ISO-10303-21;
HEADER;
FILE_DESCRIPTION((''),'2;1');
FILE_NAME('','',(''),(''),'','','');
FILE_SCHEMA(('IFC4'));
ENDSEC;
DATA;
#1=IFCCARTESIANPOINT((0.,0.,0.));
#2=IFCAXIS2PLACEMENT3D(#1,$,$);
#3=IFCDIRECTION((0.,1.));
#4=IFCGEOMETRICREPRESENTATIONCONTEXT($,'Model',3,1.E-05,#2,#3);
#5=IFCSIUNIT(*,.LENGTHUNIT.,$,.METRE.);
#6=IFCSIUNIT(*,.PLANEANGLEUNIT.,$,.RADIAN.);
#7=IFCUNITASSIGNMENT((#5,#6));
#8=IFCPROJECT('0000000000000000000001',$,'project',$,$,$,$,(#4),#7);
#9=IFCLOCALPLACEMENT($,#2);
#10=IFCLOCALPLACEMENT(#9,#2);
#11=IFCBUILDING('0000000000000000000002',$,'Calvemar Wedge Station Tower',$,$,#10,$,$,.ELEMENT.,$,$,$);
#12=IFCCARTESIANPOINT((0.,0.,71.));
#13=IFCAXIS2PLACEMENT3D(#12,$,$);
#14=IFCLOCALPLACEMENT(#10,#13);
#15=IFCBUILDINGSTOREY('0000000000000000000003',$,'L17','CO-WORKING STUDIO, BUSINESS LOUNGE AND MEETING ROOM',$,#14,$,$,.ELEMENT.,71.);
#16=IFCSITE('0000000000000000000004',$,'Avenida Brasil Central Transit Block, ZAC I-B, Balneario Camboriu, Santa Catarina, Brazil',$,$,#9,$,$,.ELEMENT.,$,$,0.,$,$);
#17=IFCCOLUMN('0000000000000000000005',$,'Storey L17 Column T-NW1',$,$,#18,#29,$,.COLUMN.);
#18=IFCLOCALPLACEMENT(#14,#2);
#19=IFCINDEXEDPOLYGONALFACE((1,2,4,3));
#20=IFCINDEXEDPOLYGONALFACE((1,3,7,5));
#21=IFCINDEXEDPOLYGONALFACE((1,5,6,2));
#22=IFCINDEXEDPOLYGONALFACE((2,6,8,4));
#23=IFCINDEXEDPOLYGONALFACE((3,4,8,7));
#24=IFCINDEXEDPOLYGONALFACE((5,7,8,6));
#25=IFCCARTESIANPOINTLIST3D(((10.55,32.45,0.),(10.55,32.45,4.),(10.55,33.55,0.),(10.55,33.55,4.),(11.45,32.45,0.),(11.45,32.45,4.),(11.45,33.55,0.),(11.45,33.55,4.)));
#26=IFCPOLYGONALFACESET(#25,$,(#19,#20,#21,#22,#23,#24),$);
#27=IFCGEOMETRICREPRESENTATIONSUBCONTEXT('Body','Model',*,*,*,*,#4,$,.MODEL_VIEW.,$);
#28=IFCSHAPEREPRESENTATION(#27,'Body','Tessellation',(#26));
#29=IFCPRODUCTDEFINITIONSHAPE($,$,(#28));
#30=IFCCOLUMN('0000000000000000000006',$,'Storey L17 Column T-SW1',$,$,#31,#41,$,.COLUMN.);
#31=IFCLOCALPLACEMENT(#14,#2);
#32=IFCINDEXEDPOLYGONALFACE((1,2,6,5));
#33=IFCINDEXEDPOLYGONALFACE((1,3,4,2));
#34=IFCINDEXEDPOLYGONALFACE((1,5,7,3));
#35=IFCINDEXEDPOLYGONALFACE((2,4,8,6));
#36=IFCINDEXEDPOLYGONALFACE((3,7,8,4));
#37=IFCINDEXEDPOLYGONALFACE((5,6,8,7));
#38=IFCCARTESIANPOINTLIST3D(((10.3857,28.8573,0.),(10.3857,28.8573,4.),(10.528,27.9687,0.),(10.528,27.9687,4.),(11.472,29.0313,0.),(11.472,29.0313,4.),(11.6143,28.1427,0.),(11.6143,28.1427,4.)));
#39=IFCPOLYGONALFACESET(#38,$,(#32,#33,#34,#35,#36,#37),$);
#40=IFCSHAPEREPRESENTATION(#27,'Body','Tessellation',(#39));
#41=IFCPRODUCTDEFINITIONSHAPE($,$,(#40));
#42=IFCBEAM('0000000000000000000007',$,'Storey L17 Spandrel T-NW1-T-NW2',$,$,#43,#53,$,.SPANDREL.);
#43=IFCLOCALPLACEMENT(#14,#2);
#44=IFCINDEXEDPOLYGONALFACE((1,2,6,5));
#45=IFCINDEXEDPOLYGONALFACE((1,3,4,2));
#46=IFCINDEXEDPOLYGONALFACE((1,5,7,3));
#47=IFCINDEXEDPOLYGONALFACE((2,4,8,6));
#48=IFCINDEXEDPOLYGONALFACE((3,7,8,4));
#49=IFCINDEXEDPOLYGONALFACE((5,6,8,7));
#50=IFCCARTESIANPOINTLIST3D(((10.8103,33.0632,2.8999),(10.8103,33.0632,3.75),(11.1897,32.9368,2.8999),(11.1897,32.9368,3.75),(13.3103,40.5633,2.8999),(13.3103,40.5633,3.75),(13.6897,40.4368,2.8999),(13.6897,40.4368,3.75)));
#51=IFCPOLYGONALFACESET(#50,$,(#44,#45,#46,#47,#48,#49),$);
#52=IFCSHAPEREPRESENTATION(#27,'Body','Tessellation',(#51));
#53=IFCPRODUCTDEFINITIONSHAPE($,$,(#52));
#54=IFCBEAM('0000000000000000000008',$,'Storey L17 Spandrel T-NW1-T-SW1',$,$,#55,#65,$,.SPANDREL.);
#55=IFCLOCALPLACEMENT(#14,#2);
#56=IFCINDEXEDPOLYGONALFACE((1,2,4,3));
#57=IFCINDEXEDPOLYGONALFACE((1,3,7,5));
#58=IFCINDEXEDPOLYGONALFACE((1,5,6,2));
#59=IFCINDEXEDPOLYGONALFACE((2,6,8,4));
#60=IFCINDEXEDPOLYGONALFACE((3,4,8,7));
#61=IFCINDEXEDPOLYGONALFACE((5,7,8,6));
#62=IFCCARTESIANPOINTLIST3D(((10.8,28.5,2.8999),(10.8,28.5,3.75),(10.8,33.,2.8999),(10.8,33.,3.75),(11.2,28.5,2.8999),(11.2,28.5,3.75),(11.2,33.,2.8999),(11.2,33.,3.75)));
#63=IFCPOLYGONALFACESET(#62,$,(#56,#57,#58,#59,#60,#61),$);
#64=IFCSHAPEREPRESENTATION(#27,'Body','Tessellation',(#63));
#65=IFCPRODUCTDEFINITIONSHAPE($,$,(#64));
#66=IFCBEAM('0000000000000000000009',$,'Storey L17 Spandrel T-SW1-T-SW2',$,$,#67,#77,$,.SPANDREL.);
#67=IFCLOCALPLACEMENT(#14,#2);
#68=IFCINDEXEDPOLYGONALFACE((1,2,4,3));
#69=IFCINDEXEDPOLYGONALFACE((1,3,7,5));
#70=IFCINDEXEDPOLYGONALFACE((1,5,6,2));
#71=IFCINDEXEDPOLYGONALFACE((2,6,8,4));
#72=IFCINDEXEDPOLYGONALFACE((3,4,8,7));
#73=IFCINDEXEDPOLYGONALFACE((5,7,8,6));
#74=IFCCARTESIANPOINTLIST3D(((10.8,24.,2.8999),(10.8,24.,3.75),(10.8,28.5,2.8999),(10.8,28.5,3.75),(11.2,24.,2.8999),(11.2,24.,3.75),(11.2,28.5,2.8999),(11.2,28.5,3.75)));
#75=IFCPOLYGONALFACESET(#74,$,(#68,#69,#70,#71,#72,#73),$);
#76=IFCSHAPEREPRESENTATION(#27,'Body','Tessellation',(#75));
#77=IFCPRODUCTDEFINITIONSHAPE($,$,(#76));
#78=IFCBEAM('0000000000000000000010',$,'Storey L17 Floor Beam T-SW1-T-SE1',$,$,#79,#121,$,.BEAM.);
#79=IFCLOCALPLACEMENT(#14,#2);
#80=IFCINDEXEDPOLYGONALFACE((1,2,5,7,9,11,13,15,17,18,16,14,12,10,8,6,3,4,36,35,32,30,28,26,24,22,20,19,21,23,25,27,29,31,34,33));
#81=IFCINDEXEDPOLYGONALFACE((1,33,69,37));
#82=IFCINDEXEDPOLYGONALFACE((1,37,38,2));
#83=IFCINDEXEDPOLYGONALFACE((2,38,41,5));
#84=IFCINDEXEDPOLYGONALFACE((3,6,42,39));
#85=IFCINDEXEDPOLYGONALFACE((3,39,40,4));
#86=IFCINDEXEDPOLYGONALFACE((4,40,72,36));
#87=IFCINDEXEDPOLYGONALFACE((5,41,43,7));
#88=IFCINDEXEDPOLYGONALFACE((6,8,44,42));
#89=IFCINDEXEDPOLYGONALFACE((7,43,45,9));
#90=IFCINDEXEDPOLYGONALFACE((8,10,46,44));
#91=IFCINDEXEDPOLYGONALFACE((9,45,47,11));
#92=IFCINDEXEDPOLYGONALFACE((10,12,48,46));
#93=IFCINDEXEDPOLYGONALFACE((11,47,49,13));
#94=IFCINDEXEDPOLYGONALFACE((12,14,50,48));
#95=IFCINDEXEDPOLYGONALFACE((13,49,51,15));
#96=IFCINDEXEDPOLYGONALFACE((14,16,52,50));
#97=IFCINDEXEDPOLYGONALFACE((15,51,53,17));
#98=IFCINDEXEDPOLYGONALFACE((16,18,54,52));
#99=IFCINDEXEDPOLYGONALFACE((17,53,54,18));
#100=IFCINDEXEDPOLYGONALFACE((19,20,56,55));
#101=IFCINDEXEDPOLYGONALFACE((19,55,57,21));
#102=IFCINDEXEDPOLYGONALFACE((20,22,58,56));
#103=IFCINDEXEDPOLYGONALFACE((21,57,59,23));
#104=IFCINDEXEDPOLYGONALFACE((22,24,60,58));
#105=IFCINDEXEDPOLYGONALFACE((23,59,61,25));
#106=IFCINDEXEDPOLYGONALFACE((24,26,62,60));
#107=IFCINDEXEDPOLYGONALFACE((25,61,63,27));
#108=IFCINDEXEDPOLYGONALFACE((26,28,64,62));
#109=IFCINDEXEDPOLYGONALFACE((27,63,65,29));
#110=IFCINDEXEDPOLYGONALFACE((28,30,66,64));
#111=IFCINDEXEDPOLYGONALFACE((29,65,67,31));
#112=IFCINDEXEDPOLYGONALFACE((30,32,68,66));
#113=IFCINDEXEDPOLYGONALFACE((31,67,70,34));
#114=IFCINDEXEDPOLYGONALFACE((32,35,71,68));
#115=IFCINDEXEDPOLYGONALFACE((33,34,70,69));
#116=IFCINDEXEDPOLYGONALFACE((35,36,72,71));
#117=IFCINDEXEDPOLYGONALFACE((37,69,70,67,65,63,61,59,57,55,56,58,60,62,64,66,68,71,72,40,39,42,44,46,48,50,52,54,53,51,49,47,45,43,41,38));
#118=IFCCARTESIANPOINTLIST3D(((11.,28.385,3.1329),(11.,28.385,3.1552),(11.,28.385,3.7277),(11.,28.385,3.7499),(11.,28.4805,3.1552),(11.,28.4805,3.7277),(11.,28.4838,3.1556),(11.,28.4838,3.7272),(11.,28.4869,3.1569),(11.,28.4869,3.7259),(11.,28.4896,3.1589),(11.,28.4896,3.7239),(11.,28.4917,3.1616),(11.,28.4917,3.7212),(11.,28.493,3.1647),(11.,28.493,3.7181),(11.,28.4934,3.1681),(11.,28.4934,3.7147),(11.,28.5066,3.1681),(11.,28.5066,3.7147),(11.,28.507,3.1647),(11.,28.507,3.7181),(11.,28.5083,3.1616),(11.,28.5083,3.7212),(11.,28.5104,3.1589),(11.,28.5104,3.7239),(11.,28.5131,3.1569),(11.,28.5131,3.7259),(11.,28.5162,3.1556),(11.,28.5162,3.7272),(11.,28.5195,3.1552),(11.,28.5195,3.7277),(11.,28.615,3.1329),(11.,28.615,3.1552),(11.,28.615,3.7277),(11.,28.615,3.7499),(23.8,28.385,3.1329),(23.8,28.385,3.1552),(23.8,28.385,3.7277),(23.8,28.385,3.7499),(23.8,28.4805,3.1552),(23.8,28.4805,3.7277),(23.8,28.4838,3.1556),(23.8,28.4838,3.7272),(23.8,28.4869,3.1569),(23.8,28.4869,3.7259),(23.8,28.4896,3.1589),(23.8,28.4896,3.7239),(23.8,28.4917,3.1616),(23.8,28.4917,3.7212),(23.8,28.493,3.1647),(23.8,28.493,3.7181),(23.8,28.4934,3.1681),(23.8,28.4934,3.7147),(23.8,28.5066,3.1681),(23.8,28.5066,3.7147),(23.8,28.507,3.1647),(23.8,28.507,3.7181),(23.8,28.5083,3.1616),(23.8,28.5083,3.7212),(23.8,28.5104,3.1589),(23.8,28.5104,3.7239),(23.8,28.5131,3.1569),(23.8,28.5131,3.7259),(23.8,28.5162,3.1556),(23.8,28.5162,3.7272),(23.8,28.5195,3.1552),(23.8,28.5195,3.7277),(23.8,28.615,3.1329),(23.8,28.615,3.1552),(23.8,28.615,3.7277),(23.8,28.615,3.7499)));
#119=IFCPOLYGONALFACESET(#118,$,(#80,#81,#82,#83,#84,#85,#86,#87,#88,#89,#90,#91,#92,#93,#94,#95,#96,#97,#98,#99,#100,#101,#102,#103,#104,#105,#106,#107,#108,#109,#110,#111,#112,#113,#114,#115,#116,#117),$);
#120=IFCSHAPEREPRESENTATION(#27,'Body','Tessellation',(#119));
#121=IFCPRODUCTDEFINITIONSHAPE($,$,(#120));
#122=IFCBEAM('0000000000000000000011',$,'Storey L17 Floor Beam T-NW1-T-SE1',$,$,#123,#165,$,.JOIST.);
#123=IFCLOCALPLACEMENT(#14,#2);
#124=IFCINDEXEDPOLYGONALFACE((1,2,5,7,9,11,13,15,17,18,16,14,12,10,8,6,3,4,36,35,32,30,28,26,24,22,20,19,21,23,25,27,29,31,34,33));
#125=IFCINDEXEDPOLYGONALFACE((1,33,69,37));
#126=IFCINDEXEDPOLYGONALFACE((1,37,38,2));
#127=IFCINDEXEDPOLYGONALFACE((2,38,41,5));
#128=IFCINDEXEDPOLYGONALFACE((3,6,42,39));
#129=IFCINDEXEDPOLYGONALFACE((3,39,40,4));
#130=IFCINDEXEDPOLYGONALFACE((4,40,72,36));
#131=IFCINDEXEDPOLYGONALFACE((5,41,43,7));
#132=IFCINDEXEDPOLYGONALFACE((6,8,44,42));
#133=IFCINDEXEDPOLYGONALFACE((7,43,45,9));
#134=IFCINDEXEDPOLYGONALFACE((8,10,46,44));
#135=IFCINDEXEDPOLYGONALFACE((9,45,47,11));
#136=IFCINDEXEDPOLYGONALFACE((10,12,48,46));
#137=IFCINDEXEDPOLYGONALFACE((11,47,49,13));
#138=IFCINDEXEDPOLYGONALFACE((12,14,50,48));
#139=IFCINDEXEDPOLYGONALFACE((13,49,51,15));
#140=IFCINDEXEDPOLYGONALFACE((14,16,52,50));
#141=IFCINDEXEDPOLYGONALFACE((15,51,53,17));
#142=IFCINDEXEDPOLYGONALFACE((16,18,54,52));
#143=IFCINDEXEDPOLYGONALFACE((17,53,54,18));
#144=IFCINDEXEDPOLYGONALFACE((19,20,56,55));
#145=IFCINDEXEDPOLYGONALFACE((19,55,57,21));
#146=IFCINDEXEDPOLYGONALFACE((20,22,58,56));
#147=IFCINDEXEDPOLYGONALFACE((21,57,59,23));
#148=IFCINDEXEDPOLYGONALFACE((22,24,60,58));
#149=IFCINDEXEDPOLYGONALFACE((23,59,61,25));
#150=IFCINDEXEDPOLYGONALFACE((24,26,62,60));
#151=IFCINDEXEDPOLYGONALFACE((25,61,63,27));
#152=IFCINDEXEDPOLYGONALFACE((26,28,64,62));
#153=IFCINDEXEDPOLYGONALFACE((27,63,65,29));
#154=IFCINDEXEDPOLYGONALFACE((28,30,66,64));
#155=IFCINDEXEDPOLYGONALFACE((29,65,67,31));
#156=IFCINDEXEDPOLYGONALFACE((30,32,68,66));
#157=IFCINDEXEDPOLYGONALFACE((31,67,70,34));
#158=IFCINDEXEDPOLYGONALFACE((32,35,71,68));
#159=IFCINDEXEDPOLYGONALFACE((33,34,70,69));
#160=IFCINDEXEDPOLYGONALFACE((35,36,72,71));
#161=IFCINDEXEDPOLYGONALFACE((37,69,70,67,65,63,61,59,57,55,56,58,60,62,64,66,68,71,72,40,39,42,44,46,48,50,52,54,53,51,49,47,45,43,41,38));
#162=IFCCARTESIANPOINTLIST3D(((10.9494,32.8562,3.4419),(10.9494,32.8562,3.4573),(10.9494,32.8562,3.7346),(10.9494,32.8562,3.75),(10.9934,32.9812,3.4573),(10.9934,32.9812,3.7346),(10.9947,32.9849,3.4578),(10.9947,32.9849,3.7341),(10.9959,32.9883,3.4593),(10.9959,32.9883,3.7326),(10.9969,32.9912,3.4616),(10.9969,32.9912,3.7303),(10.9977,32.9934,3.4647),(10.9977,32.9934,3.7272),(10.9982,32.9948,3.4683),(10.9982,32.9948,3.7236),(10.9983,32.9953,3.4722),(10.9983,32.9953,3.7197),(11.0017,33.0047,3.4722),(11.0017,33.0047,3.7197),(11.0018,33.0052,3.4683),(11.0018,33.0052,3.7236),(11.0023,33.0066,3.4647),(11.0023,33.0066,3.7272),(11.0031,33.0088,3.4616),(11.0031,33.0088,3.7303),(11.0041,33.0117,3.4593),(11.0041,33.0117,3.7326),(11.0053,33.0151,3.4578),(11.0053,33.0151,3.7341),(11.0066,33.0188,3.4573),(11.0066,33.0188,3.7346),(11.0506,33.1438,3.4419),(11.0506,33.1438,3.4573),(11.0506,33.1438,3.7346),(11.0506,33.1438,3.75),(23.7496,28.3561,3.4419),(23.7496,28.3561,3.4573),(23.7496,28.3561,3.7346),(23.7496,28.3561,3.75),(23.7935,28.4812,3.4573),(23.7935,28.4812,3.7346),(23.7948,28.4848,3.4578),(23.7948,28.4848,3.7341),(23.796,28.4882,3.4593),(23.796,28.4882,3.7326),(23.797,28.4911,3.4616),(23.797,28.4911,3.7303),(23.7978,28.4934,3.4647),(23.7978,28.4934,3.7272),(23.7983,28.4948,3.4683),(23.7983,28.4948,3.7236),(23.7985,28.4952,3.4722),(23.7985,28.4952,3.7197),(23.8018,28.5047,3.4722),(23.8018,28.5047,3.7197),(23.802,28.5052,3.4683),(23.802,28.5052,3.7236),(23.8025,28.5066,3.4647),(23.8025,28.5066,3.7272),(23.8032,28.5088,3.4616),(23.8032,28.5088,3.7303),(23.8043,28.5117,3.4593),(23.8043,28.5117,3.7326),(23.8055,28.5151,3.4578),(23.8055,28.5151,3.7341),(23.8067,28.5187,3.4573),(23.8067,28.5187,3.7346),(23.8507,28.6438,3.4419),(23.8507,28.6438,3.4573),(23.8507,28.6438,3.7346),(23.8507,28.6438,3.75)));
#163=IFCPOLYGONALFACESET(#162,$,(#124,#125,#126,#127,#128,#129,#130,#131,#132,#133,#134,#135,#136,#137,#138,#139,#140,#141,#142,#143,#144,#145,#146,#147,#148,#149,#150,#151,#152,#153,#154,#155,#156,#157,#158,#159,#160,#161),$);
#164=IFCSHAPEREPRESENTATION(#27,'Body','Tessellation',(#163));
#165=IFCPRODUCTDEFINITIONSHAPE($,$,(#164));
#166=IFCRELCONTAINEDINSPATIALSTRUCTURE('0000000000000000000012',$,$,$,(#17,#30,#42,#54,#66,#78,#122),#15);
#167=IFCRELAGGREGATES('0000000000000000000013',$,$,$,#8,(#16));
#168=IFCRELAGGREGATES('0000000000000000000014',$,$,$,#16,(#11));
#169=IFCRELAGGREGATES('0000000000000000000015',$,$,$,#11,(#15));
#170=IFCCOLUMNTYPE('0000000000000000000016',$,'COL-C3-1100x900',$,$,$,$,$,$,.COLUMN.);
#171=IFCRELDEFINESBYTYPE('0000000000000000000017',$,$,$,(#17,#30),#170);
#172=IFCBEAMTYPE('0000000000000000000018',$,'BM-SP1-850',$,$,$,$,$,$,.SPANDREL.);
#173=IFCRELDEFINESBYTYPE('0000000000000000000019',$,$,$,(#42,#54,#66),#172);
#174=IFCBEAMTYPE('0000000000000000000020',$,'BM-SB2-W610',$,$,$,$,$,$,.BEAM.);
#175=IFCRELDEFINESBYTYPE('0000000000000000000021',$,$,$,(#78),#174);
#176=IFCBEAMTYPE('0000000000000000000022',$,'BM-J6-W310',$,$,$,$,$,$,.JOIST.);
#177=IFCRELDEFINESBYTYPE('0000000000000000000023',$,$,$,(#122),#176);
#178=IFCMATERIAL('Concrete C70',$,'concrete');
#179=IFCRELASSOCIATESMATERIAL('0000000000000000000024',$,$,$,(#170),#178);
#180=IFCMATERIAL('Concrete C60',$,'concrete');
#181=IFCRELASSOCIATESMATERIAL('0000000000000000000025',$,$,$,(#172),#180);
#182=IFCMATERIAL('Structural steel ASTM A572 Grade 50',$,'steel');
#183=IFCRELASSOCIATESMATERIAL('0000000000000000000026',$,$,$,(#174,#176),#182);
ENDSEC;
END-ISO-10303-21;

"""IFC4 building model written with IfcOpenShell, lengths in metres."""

from ifc_helpers import new_model, si_unit, direction, frame, origin, origin_2d, place, context, subcontext, project, spatial, rectangle, i_section, extrude, source, transform, mapped, material, material_profile, profile_set, type_object, element, save


model = new_model("IFC4")

# Units and contexts
model_context = context("Model", 3, precision=1e-05, world=origin(), true_north=direction((0.0, 1.0)))
body_context = subcontext(model_context, "Body", "Model", "MODEL_VIEW")
ifc_project = project(units=[si_unit("LENGTHUNIT", "METRE"), si_unit("PLANEANGLEUNIT", "RADIAN")], contexts=[model_context])

# Site, building, storey
site_placement = place(None, origin())
site = spatial("IfcSite", under=ifc_project, at=site_placement, Name="Avenida Brasil Central Transit Block, ZAC I-B, Balneario Camboriu, Santa Catarina, Brazil", CompositionType="ELEMENT", RefElevation=0.0)
building_placement = place(site_placement, origin())
building = spatial("IfcBuilding", under=site, at=building_placement, Name="Calvemar Wedge Station Tower", CompositionType="ELEMENT")
storey_placement = place(building_placement, frame((0.0, 0.0, 71.0)))
storey = spatial("IfcBuildingStorey", under=building, at=storey_placement, Name="L17", Description="CO-WORKING STUDIO, BUSINESS LOUNGE AND MEETING ROOM", CompositionType="ELEMENT", Elevation=71.0)

# Columns
ifc_material_1 = material(Name="Concrete C70", Category="concrete")
ifc_material_profile_1 = material_profile(ifc_material_1, rectangle(XDim=0.8999, YDim=1.1001, at=origin_2d()), Name="RC1100x900")
ifc_profile_set_1 = profile_set([ifc_material_profile_1], Name="Concrete C70")
column_type = type_object("IfcColumnType", Name="COL-C3-1100x900", PredefinedType="COLUMN", material=ifc_profile_set_1)
shared_shape_1 = source(origin(), body_context, "Body", "SweptSolid", [
    extrude(rectangle(XDim=0.8999, YDim=1.1001, at=origin_2d()), origin(), (0.0, 0.0, 1.0), 4.0),
])
for number, where, z_axis, x_axis, name in (
    (1, (11.0, 33.0, 0.0), (0.0, 0.0, 1.0), (1.0, 0.0, 0.0), "Storey L17 Column T-NW1"),
    (2, (11.0, 28.5, 0.0), (0.0, 0.0, 1.0), (0.158158, -0.987414, 0.0), "Storey L17 Column T-SW1"),
):
    element("IfcColumn", number, at=place(storey_placement, frame(where, z_axis=z_axis, x_axis=x_axis)), inside=storey, type_object=column_type, Name=name, PredefinedType="COLUMN", context=body_context, shape_type="MappedRepresentation", body=[
        mapped(shared_shape_1, transform((0.0, 0.0, 0.0), scale=1.0)),
    ])

# Beams
ifc_material_2 = material(Name="Concrete C60", Category="concrete")
ifc_material_profile_2 = material_profile(ifc_material_2, rectangle(XDim=0.3999, YDim=0.8501, at=origin_2d()), Name="RC400x850")
ifc_profile_set_2 = profile_set([ifc_material_profile_2], Name="Concrete C60")
beam_type_1 = type_object("IfcBeamType", Name="BM-SP1-850", PredefinedType="SPANDREL", material=ifc_profile_set_2)
shared_shape_2 = source(origin(), body_context, "Body", "SweptSolid", [
    extrude(rectangle(XDim=0.3999, YDim=0.8501, at=origin_2d()), origin(), (0.0, 0.0, 1.0), 7.9058),
])
beam_1_placement = place(storey_placement, frame((11.0, 33.0, 3.325), z_axis=(0.316228, 0.948683, 0.0), x_axis=(-0.948683, 0.316228, 0.0)))
element("IfcBeam", 3, at=beam_1_placement, inside=storey, type_object=beam_type_1, Name="Storey L17 Spandrel T-NW1-T-NW2", PredefinedType="SPANDREL", context=body_context, shape_type="MappedRepresentation", body=[
    mapped(shared_shape_2, transform((0.0, 0.0, 0.0), scale=1.0)),
])
shared_shape_3 = source(origin(), body_context, "Body", "SweptSolid", [
    extrude(rectangle(XDim=0.3999, YDim=0.8501, at=origin_2d()), origin(), (0.0, 0.0, 1.0), 4.5),
])
for number, where, z_axis, x_axis, name in (
    (4, (11.0, 33.0, 3.325), (0.0, -1.0, 0.0), (1.0, 0.0, 0.0), "Storey L17 Spandrel T-NW1-T-SW1"),
    (5, (11.0, 28.5, 3.325), (0.0, -1.0, 0.0), (1.0, 0.0, 0.0), "Storey L17 Spandrel T-SW1-T-SW2"),
):
    element("IfcBeam", number, at=place(storey_placement, frame(where, z_axis=z_axis, x_axis=x_axis)), inside=storey, type_object=beam_type_1, Name=name, PredefinedType="SPANDREL", context=body_context, shape_type="MappedRepresentation", body=[
        mapped(shared_shape_3, transform((0.0, 0.0, 0.0), scale=1.0)),
    ])
ifc_material_3 = material(Name="Structural steel ASTM A572 Grade 50", Category="steel")
ifc_material_profile_3 = material_profile(ifc_material_3, i_section(OverallWidth=0.23, OverallDepth=0.6169, WebThickness=0.0132, FlangeThickness=0.0222, FilletRadius=0.0129, at=origin_2d()), Name="W610x140")
ifc_profile_set_3 = profile_set([ifc_material_profile_3], Name="Structural steel ASTM A572 Grade 50")
beam_type_2 = type_object("IfcBeamType", Name="BM-SB2-W610", PredefinedType="BEAM", material=ifc_profile_set_3)
shared_shape_4 = source(origin(), body_context, "Body", "SweptSolid", [
    extrude(i_section(OverallWidth=0.23, OverallDepth=0.6169, WebThickness=0.0132, FlangeThickness=0.0222, FilletRadius=0.0129, at=origin_2d()), origin(), (0.0, 0.0, 1.0), 12.8),
])
beam_2_placement = place(storey_placement, frame((11.0, 28.5, 3.4414), z_axis=(1.0, 0.0, 0.0), x_axis=(0.0, 1.0, 0.0)))
element("IfcBeam", 6, at=beam_2_placement, inside=storey, type_object=beam_type_2, Name="Storey L17 Floor Beam T-SW1-T-SE1", PredefinedType="BEAM", context=body_context, shape_type="MappedRepresentation", body=[
    mapped(shared_shape_4, transform((0.0, 0.0, 0.0), scale=1.0)),
])
ifc_material_profile_4 = material_profile(ifc_material_3, i_section(OverallWidth=0.3049, OverallDepth=0.3081, WebThickness=0.01, FlangeThickness=0.0154, FilletRadius=0.0149, at=origin_2d()), Name="W310x97")
ifc_profile_set_4 = profile_set([ifc_material_profile_4], Name="Structural steel ASTM A572 Grade 50")
beam_type_3 = type_object("IfcBeamType", Name="BM-J6-W310", PredefinedType="JOIST", material=ifc_profile_set_4)
shared_shape_5 = source(origin(), body_context, "Body", "SweptSolid", [
    extrude(i_section(OverallWidth=0.3049, OverallDepth=0.3081, WebThickness=0.01, FlangeThickness=0.0154, FilletRadius=0.0149, at=origin_2d()), origin(), (0.0, 0.0, 1.0), 13.5681),
])
for number, where, z_axis, x_axis, name in (
    (7, (11.0, 33.0, 3.5959), (0.943398, -0.331662, 0.0), (0.331662, 0.943398, 0.0), "Storey L17 Floor Beam T-NW1-T-SE1"),
):
    element("IfcBeam", number, at=place(storey_placement, frame(where, z_axis=z_axis, x_axis=x_axis)), inside=storey, type_object=beam_type_3, Name=name, PredefinedType="JOIST", context=body_context, shape_type="MappedRepresentation", body=[
        mapped(shared_shape_5, transform((0.0, 0.0, 0.0), scale=1.0)),
    ])

save(model, "model.ifc")
